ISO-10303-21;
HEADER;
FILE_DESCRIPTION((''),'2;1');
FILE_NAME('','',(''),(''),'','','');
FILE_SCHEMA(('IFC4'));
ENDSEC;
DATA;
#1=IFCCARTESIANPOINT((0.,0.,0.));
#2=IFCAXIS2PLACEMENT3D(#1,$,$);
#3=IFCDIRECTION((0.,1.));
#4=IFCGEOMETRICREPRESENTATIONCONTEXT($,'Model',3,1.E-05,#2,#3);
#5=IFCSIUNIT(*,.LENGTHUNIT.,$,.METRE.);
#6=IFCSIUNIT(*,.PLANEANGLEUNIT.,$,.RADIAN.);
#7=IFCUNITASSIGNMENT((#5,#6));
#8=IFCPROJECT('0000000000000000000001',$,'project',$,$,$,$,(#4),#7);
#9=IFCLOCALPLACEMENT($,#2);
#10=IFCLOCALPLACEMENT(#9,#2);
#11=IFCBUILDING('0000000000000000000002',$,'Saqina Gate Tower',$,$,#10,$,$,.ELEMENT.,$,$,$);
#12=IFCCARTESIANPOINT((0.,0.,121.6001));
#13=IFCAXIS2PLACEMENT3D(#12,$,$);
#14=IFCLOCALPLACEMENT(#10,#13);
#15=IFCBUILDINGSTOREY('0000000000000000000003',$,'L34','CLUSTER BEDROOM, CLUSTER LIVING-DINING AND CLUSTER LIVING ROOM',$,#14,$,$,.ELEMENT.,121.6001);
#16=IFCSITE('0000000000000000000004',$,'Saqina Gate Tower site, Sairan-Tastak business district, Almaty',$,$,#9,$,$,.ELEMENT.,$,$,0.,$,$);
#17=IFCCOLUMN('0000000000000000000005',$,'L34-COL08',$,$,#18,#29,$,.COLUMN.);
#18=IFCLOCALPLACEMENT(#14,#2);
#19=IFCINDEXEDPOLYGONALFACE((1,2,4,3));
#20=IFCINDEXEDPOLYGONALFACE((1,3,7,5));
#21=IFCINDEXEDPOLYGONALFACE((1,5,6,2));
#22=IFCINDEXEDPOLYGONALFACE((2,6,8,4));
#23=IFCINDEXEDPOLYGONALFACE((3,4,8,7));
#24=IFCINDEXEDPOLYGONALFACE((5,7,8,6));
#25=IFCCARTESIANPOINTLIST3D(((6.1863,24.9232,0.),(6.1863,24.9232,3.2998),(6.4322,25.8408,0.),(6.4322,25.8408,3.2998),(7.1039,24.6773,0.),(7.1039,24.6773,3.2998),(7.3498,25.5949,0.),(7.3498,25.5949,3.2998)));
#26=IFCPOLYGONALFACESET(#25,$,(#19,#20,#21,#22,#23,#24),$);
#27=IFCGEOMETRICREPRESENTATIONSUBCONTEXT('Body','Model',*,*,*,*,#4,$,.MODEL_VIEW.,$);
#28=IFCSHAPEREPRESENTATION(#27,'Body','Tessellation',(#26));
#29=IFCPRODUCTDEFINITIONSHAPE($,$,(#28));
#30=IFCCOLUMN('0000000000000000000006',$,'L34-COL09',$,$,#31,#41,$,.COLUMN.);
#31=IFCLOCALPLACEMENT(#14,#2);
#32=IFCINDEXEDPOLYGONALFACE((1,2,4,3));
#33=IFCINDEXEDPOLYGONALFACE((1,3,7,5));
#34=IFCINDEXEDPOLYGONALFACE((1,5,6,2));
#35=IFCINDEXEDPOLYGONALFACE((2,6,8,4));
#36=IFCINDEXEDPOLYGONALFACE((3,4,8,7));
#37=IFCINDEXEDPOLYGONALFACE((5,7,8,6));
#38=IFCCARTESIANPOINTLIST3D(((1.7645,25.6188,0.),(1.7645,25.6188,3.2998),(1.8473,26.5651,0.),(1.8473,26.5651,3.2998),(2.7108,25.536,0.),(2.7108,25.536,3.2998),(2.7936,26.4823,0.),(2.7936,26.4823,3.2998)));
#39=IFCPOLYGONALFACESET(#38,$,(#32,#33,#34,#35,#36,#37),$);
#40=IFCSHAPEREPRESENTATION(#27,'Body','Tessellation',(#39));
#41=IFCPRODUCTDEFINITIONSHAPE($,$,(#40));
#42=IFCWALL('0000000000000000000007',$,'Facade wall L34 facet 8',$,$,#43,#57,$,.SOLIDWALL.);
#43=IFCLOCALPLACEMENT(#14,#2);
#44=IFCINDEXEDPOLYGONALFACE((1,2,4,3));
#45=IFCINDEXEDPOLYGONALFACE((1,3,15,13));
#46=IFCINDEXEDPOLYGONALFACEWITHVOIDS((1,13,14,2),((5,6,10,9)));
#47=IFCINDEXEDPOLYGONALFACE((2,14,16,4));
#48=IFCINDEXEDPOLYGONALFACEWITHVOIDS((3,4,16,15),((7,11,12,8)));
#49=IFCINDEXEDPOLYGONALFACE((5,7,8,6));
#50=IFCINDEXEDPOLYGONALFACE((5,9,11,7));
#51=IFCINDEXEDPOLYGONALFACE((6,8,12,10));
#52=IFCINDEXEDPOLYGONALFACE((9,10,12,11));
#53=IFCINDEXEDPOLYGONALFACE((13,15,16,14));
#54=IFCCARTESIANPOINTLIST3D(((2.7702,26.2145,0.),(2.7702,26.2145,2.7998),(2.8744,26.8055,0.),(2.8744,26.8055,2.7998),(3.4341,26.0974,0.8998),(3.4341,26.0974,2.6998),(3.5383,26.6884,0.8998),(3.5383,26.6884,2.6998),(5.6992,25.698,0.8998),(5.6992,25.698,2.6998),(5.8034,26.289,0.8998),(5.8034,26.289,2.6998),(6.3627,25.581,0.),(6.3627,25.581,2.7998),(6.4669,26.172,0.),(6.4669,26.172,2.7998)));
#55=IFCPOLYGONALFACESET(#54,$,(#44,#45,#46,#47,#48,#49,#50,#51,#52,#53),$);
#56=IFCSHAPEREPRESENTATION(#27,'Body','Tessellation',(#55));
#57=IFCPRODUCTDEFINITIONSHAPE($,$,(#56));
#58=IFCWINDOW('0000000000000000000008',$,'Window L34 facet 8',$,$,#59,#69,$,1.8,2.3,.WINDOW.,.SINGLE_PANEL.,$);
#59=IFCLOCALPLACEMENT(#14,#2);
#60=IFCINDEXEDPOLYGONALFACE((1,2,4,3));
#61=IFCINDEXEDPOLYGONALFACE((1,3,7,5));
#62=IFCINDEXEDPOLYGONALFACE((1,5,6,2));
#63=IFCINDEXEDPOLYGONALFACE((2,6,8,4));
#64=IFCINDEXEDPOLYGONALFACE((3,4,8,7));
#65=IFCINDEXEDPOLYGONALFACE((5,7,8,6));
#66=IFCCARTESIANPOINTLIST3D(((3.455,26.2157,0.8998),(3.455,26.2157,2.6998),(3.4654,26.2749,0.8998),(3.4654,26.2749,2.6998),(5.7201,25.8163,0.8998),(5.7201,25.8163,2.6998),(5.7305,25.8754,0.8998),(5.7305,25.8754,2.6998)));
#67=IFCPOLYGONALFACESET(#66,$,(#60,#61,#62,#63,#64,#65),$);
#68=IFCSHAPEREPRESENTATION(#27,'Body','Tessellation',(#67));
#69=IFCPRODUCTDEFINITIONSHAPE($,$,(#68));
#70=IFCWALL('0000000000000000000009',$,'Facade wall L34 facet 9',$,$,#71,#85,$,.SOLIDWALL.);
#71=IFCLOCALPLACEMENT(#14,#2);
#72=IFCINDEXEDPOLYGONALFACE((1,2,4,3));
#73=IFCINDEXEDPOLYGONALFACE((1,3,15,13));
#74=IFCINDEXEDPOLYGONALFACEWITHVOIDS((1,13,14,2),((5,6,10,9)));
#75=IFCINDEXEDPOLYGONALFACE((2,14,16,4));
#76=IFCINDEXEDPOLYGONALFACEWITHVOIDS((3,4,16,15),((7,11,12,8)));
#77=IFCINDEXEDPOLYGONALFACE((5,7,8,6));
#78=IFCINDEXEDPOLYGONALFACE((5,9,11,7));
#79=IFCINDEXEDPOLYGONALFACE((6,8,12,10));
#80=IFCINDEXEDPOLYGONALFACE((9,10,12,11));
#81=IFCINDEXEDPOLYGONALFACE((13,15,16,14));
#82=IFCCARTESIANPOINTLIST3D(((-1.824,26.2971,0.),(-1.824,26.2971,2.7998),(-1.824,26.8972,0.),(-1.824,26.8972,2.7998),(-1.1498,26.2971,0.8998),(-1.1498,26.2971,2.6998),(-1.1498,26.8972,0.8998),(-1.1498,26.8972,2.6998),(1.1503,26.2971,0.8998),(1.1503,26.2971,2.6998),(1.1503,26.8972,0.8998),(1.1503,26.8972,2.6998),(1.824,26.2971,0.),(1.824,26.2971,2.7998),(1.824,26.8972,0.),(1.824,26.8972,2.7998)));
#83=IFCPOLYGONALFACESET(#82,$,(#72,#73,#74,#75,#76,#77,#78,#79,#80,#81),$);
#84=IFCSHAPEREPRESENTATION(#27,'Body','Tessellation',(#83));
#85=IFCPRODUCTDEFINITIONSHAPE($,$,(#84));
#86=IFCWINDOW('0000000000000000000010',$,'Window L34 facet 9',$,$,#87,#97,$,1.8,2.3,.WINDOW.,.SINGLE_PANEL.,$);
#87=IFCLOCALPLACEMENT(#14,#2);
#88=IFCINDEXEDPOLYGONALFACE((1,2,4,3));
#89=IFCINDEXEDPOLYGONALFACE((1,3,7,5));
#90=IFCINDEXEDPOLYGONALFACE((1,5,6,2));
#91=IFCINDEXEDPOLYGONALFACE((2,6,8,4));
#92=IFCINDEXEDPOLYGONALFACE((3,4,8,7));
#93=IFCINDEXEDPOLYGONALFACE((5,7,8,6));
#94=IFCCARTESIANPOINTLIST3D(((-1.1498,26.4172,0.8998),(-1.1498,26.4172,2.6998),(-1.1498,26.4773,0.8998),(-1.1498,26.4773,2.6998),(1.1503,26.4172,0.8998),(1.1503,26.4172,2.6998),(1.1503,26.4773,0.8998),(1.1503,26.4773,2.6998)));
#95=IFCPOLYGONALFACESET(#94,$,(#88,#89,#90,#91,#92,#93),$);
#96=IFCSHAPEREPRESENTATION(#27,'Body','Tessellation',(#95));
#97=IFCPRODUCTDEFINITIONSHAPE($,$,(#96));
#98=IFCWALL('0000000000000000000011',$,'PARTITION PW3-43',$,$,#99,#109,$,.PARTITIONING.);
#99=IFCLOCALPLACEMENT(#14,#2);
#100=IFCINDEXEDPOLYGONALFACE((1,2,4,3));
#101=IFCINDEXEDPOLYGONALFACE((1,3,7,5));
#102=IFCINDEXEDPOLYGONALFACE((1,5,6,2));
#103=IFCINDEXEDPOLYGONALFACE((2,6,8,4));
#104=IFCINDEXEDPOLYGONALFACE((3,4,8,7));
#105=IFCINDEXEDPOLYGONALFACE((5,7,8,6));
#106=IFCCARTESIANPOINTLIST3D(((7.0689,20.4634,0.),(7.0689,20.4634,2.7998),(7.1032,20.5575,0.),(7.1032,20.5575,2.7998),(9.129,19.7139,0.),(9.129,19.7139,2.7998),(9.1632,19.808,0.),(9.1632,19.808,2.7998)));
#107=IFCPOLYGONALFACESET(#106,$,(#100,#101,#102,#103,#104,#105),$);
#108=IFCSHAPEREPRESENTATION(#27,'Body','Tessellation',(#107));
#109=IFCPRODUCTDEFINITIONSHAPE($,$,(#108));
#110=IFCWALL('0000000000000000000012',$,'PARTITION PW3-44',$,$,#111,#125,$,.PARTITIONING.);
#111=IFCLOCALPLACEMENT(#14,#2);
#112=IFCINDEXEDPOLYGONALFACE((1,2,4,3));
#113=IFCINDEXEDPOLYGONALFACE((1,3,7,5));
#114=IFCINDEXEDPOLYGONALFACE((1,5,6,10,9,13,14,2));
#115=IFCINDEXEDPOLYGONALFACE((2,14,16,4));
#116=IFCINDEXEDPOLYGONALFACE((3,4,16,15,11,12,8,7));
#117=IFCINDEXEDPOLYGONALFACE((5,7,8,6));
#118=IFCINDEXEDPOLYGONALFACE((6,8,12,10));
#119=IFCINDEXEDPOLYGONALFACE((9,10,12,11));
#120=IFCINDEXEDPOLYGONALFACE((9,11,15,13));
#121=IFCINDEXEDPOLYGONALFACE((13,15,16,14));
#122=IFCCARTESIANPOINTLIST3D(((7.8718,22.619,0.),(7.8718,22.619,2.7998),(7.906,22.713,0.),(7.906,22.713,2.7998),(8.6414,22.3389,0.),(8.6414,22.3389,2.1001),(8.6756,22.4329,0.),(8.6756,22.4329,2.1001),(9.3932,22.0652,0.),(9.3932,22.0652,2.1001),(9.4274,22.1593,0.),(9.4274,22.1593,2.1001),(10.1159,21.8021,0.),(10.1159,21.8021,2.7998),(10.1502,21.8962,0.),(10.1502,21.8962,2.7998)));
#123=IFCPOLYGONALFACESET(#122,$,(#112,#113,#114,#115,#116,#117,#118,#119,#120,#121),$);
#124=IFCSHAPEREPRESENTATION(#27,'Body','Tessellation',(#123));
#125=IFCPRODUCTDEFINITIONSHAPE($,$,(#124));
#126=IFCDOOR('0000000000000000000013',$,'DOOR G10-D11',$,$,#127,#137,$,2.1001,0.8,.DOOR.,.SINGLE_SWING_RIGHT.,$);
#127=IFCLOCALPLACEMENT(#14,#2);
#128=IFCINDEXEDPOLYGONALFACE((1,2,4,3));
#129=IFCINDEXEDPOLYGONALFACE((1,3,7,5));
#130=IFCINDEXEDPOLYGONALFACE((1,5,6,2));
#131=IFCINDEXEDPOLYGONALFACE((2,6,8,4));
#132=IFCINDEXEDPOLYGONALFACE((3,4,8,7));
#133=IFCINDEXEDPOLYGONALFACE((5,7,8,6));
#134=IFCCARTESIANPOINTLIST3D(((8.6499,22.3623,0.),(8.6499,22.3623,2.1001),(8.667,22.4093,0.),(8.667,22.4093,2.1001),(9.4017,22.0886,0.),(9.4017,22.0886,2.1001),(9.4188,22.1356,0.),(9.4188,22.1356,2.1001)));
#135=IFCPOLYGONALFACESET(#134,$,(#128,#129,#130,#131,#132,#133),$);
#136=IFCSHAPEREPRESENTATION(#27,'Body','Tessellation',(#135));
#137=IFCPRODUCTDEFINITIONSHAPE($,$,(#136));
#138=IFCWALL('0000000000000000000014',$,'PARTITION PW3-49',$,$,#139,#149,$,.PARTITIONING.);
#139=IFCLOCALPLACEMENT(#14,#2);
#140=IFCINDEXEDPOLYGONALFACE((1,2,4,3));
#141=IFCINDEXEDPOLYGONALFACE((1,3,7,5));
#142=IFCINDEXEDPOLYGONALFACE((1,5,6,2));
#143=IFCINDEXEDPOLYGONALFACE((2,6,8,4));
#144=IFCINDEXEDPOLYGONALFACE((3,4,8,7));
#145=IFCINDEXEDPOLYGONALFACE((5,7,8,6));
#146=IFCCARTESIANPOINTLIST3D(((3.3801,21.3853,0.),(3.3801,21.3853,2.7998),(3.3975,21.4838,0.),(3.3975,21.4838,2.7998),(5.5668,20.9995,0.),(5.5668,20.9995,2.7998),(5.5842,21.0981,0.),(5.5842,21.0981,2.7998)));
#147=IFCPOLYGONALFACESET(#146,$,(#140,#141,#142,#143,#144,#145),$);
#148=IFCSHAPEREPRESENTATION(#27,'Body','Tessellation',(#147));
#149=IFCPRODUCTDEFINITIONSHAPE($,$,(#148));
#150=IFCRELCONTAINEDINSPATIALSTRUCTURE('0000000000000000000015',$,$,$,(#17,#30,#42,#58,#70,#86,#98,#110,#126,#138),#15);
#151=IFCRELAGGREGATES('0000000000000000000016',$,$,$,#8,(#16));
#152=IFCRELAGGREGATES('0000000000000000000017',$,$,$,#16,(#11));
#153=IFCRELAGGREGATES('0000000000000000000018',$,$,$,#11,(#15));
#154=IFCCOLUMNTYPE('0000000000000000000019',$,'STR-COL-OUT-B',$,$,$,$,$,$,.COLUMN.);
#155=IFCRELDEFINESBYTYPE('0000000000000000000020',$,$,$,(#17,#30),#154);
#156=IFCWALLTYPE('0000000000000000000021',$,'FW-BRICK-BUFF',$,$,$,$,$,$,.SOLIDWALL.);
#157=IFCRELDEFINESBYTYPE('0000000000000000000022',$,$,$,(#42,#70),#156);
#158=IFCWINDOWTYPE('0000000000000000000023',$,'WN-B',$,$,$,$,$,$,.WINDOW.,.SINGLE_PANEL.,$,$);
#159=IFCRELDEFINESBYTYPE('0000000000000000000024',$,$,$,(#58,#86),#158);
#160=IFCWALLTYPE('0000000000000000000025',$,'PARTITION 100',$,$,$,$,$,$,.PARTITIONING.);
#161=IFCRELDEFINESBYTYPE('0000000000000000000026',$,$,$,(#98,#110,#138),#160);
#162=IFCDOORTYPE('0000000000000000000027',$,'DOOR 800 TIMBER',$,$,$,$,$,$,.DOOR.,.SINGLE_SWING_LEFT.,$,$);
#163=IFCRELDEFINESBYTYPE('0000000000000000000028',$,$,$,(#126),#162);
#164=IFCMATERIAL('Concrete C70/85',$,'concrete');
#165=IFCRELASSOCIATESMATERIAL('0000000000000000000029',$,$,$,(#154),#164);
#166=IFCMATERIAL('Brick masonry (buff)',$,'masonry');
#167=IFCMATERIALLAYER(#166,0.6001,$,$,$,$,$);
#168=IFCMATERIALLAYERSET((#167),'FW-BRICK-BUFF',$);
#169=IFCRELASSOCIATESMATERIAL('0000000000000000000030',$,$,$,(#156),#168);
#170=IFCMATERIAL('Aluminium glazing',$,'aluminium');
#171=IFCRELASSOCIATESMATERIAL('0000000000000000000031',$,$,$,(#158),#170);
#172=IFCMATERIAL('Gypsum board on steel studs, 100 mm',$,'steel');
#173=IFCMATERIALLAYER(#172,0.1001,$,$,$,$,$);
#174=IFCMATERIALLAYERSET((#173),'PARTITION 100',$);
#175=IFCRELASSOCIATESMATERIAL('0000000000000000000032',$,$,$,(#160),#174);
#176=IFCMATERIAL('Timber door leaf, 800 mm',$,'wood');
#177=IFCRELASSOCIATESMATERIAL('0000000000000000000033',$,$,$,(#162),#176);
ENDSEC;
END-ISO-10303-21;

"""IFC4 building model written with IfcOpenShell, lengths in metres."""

from ifc_helpers import new_model, si_unit, direction, frame, frame_2d, origin, origin_2d, place, context, subcontext, project, spatial, rectangle, extrude, material, layer, layer_set, material_profile, profile_set, type_object, element, fill, save


model = new_model("IFC4")

# Units and contexts
model_context = context("Model", 3, precision=1e-05, world=origin(), true_north=direction((0.0, 1.0)))
body_context = subcontext(model_context, "Body", "Model", "MODEL_VIEW")
ifc_project = project(units=[si_unit("LENGTHUNIT", "METRE"), si_unit("PLANEANGLEUNIT", "RADIAN")], contexts=[model_context])

# Site, building, storey
site_placement = place(None, origin())
site = spatial("IfcSite", under=ifc_project, at=site_placement, Name="Saqina Gate Tower site, Sairan-Tastak business district, Almaty", CompositionType="ELEMENT", RefElevation=0.0)
building_placement = place(site_placement, origin())
building = spatial("IfcBuilding", under=site, at=building_placement, Name="Saqina Gate Tower", CompositionType="ELEMENT")
storey_placement = place(building_placement, frame((0.0, 0.0, 121.6001)))
storey = spatial("IfcBuildingStorey", under=building, at=storey_placement, Name="L34", Description="CLUSTER BEDROOM, CLUSTER LIVING-DINING AND CLUSTER LIVING ROOM", CompositionType="ELEMENT", Elevation=121.6001)

# Columns
ifc_material_1 = material(Name="Concrete C70/85", Category="concrete")
ifc_material_profile = material_profile(ifc_material_1, rectangle(XDim=0.95, YDim=0.95, at=origin_2d()), Name="RC 950x950")
ifc_profile_set = profile_set([ifc_material_profile], Name="Concrete C70/85")
column_type = type_object("IfcColumnType", Name="STR-COL-OUT-B", PredefinedType="COLUMN", material=ifc_profile_set)
for number, where, z_axis, x_axis, name in (
    (1, (6.7681, 25.259, 0.0), (0.0, 0.0, 1.0), (0.258819, 0.965926, 0.0), "L34-COL08"),
    (2, (2.2791, 26.0505, 0.0), (0.0, 0.0, 1.0), (0.087156, 0.996195, 0.0), "L34-COL09"),
):
    element("IfcColumn", number, at=place(storey_placement, frame(where, z_axis=z_axis, x_axis=x_axis)), inside=storey, type_object=column_type, Name=name, PredefinedType="COLUMN", context=body_context, shape_type="SweptSolid", body=[
        extrude(rectangle(XDim=0.95, YDim=0.95, at=origin_2d()), origin(), (0.0, 0.0, 1.0), 3.2998),
    ])

# Walls, openings, windows
ifc_material_2 = material(Name="Brick masonry (buff)", Category="masonry")
ifc_layer_1 = layer(ifc_material_2, 0.6001)
ifc_layer_set_1 = layer_set([ifc_layer_1], Name="FW-BRICK-BUFF")
wall_type_1 = type_object("IfcWallType", Name="FW-BRICK-BUFF", PredefinedType="SOLIDWALL", material=ifc_layer_set_1)
wall_1_placement = place(storey_placement, frame((6.4148, 25.8765, 0.0), z_axis=(0.0, 0.0, 1.0), x_axis=(-0.984804, 0.173671, 0.0)))
wall_1 = element("IfcWall", 3, at=wall_1_placement, inside=storey, type_object=wall_type_1, Name="Facade wall L34 facet 8", PredefinedType="SOLIDWALL", context=body_context, shape_type="SweptSolid", body=[
    extrude(rectangle(XDim=3.6479, YDim=0.6001, at=frame_2d((1.824, 0.0))), origin(), (0.0, 0.0, 1.0), 2.7998),
])
opening_1_placement = place(wall_1_placement, frame((0.6738, 0.0, 0.8999)))
opening_1 = element("IfcOpeningElement", 4, at=opening_1_placement, cuts=wall_1, PredefinedType="OPENING", context=body_context, shape_type="SweptSolid", body=[
    extrude(rectangle(XDim=2.3, YDim=1.8, at=frame_2d((1.1499, 0.8999))), frame((0.0, 0.312, 0.0), z_axis=(0.0, -1.0, 0.0), x_axis=(1.0, 0.0, 0.0)), (0.0, 0.0, 1.0), 0.624),
])
ifc_material_3 = material(Name="Aluminium glazing", Category="aluminium")
window_type = type_object("IfcWindowType", Name="WN-B", PartitioningType="SINGLE_PANEL", PredefinedType="WINDOW", material=ifc_material_3)
window_1_placement = place(opening_1_placement, origin())
window_1 = element("IfcWindow", 5, at=window_1_placement, inside=storey, type_object=window_type, Name="Window L34 facet 8", OverallHeight=1.8, OverallWidth=2.3, PartitioningType="SINGLE_PANEL", PredefinedType="WINDOW", context=body_context, shape_type="SweptSolid", body=[
    extrude(rectangle(XDim=2.3, YDim=1.8, at=frame_2d((1.1499, 0.8999))), frame((0.0, 0.1799, 0.0), z_axis=(0.0, -1.0, 0.0), x_axis=(1.0, 0.0, 0.0)), (0.0, 0.0, 1.0), 0.0601),
])
fill(opening_1, window_1)
wall_2_placement = place(storey_placement, frame((1.824, 26.5972, 0.0), z_axis=(0.0, 0.0, 1.0), x_axis=(-1.0, 0.0, 0.0)))
wall_2 = element("IfcWall", 6, at=wall_2_placement, inside=storey, type_object=wall_type_1, Name="Facade wall L34 facet 9", PredefinedType="SOLIDWALL", context=body_context, shape_type="SweptSolid", body=[
    extrude(rectangle(XDim=3.6479, YDim=0.6001, at=frame_2d((1.824, 0.0))), origin(), (0.0, 0.0, 1.0), 2.7998),
])
opening_2_placement = place(wall_2_placement, frame((0.6738, 0.0, 0.8999)))
opening_2 = element("IfcOpeningElement", 7, at=opening_2_placement, cuts=wall_2, PredefinedType="OPENING", context=body_context, shape_type="SweptSolid", body=[
    extrude(rectangle(XDim=2.3, YDim=1.8, at=frame_2d((1.1499, 0.8999))), frame((0.0, 0.312, 0.0), z_axis=(0.0, -1.0, 0.0), x_axis=(1.0, 0.0, 0.0)), (0.0, 0.0, 1.0), 0.624),
])
window_2_placement = place(opening_2_placement, origin())
window_2 = element("IfcWindow", 8, at=window_2_placement, inside=storey, type_object=window_type, Name="Window L34 facet 9", OverallHeight=1.8, OverallWidth=2.3, PartitioningType="SINGLE_PANEL", PredefinedType="WINDOW", context=body_context, shape_type="SweptSolid", body=[
    extrude(rectangle(XDim=2.3, YDim=1.8, at=frame_2d((1.1499, 0.8999))), frame((0.0, 0.1799, 0.0), z_axis=(0.0, -1.0, 0.0), x_axis=(1.0, 0.0, 0.0)), (0.0, 0.0, 1.0), 0.0601),
])
fill(opening_2, window_2)

# Wall
ifc_material_4 = material(Name="Gypsum board on steel studs, 100 mm", Category="steel")
ifc_layer_2 = layer(ifc_material_4, 0.1001)
ifc_layer_set_2 = layer_set([ifc_layer_2], Name="PARTITION 100")
wall_type_2 = type_object("IfcWallType", Name="PARTITION 100", PredefinedType="PARTITIONING", material=ifc_layer_set_2)
wall_3_placement = place(storey_placement, frame((7.0859, 20.5105, 0.0), z_axis=(0.0, 0.0, 1.0), x_axis=(0.939735, -0.341904, 0.0)))
element("IfcWall", 9, at=wall_3_placement, inside=storey, type_object=wall_type_2, Name="PARTITION PW3-43", PredefinedType="PARTITIONING", context=body_context, shape_type="SweptSolid", body=[
    extrude(rectangle(XDim=2.1921, YDim=0.1001, at=frame_2d((1.0962, 0.0))), origin(), (0.0, 0.0, 1.0), 2.7998),
])

# Wall, opening, door
wall_4_placement = place(storey_placement, frame((7.8889, 22.666, 0.0), z_axis=(0.0, 0.0, 1.0), x_axis=(0.93968, -0.342055, 0.0)))
wall_4 = element("IfcWall", 10, at=wall_4_placement, inside=storey, type_object=wall_type_2, Name="PARTITION PW3-44", PredefinedType="PARTITIONING", context=body_context, shape_type="SweptSolid", body=[
    extrude(rectangle(XDim=2.3882, YDim=0.1001, at=frame_2d((1.1941, 0.0))), origin(), (0.0, 0.0, 1.0), 2.7998),
])
opening_3_placement = place(wall_4_placement, frame((0.8191, 0.0, 0.0)))
opening_3 = element("IfcOpeningElement", 11, at=opening_3_placement, cuts=wall_4, PredefinedType="OPENING", context=body_context, shape_type="SweptSolid", body=[
    extrude(rectangle(XDim=0.8, YDim=2.1001, at=frame_2d((0.3999, 1.05))), frame((0.0, 0.062, 0.0), z_axis=(0.0, -1.0, 0.0), x_axis=(1.0, 0.0, 0.0)), (0.0, 0.0, 1.0), 0.124),
])
ifc_material_5 = material(Name="Timber door leaf, 800 mm", Category="wood")
door_type_1 = type_object("IfcDoorType", Name="DOOR 800 TIMBER", OperationType="SINGLE_SWING_LEFT", PredefinedType="DOOR", material=ifc_material_5)
door_1_placement = place(opening_3_placement, origin())
door_1 = element("IfcDoor", 12, at=door_1_placement, inside=storey, type_object=door_type_1, Name="DOOR G10-D11", OperationType="SINGLE_SWING_RIGHT", OverallHeight=2.1001, OverallWidth=0.8, PredefinedType="DOOR", context=body_context, shape_type="SweptSolid", body=[
    extrude(rectangle(XDim=0.8, YDim=2.1001, at=frame_2d((0.3999, 1.05))), frame((0.0, 0.0249, 0.0), z_axis=(0.0, -1.0, 0.0), x_axis=(1.0, 0.0, 0.0)), (0.0, 0.0, 1.0), 0.05),
])
fill(opening_3, door_1)

# Wall
wall_5_placement = place(storey_placement, frame((3.3887, 21.4346, 0.0), z_axis=(0.0, 0.0, 1.0), x_axis=(0.984796, -0.173716, 0.0)))
element("IfcWall", 13, at=wall_5_placement, inside=storey, type_object=wall_type_2, Name="PARTITION PW3-49", PredefinedType="PARTITIONING", context=body_context, shape_type="SweptSolid", body=[
    extrude(rectangle(XDim=2.2205, YDim=0.1001, at=frame_2d((1.1104, 0.0))), origin(), (0.0, 0.0, 1.0), 2.7998),
])

save(model, "model.ifc")
